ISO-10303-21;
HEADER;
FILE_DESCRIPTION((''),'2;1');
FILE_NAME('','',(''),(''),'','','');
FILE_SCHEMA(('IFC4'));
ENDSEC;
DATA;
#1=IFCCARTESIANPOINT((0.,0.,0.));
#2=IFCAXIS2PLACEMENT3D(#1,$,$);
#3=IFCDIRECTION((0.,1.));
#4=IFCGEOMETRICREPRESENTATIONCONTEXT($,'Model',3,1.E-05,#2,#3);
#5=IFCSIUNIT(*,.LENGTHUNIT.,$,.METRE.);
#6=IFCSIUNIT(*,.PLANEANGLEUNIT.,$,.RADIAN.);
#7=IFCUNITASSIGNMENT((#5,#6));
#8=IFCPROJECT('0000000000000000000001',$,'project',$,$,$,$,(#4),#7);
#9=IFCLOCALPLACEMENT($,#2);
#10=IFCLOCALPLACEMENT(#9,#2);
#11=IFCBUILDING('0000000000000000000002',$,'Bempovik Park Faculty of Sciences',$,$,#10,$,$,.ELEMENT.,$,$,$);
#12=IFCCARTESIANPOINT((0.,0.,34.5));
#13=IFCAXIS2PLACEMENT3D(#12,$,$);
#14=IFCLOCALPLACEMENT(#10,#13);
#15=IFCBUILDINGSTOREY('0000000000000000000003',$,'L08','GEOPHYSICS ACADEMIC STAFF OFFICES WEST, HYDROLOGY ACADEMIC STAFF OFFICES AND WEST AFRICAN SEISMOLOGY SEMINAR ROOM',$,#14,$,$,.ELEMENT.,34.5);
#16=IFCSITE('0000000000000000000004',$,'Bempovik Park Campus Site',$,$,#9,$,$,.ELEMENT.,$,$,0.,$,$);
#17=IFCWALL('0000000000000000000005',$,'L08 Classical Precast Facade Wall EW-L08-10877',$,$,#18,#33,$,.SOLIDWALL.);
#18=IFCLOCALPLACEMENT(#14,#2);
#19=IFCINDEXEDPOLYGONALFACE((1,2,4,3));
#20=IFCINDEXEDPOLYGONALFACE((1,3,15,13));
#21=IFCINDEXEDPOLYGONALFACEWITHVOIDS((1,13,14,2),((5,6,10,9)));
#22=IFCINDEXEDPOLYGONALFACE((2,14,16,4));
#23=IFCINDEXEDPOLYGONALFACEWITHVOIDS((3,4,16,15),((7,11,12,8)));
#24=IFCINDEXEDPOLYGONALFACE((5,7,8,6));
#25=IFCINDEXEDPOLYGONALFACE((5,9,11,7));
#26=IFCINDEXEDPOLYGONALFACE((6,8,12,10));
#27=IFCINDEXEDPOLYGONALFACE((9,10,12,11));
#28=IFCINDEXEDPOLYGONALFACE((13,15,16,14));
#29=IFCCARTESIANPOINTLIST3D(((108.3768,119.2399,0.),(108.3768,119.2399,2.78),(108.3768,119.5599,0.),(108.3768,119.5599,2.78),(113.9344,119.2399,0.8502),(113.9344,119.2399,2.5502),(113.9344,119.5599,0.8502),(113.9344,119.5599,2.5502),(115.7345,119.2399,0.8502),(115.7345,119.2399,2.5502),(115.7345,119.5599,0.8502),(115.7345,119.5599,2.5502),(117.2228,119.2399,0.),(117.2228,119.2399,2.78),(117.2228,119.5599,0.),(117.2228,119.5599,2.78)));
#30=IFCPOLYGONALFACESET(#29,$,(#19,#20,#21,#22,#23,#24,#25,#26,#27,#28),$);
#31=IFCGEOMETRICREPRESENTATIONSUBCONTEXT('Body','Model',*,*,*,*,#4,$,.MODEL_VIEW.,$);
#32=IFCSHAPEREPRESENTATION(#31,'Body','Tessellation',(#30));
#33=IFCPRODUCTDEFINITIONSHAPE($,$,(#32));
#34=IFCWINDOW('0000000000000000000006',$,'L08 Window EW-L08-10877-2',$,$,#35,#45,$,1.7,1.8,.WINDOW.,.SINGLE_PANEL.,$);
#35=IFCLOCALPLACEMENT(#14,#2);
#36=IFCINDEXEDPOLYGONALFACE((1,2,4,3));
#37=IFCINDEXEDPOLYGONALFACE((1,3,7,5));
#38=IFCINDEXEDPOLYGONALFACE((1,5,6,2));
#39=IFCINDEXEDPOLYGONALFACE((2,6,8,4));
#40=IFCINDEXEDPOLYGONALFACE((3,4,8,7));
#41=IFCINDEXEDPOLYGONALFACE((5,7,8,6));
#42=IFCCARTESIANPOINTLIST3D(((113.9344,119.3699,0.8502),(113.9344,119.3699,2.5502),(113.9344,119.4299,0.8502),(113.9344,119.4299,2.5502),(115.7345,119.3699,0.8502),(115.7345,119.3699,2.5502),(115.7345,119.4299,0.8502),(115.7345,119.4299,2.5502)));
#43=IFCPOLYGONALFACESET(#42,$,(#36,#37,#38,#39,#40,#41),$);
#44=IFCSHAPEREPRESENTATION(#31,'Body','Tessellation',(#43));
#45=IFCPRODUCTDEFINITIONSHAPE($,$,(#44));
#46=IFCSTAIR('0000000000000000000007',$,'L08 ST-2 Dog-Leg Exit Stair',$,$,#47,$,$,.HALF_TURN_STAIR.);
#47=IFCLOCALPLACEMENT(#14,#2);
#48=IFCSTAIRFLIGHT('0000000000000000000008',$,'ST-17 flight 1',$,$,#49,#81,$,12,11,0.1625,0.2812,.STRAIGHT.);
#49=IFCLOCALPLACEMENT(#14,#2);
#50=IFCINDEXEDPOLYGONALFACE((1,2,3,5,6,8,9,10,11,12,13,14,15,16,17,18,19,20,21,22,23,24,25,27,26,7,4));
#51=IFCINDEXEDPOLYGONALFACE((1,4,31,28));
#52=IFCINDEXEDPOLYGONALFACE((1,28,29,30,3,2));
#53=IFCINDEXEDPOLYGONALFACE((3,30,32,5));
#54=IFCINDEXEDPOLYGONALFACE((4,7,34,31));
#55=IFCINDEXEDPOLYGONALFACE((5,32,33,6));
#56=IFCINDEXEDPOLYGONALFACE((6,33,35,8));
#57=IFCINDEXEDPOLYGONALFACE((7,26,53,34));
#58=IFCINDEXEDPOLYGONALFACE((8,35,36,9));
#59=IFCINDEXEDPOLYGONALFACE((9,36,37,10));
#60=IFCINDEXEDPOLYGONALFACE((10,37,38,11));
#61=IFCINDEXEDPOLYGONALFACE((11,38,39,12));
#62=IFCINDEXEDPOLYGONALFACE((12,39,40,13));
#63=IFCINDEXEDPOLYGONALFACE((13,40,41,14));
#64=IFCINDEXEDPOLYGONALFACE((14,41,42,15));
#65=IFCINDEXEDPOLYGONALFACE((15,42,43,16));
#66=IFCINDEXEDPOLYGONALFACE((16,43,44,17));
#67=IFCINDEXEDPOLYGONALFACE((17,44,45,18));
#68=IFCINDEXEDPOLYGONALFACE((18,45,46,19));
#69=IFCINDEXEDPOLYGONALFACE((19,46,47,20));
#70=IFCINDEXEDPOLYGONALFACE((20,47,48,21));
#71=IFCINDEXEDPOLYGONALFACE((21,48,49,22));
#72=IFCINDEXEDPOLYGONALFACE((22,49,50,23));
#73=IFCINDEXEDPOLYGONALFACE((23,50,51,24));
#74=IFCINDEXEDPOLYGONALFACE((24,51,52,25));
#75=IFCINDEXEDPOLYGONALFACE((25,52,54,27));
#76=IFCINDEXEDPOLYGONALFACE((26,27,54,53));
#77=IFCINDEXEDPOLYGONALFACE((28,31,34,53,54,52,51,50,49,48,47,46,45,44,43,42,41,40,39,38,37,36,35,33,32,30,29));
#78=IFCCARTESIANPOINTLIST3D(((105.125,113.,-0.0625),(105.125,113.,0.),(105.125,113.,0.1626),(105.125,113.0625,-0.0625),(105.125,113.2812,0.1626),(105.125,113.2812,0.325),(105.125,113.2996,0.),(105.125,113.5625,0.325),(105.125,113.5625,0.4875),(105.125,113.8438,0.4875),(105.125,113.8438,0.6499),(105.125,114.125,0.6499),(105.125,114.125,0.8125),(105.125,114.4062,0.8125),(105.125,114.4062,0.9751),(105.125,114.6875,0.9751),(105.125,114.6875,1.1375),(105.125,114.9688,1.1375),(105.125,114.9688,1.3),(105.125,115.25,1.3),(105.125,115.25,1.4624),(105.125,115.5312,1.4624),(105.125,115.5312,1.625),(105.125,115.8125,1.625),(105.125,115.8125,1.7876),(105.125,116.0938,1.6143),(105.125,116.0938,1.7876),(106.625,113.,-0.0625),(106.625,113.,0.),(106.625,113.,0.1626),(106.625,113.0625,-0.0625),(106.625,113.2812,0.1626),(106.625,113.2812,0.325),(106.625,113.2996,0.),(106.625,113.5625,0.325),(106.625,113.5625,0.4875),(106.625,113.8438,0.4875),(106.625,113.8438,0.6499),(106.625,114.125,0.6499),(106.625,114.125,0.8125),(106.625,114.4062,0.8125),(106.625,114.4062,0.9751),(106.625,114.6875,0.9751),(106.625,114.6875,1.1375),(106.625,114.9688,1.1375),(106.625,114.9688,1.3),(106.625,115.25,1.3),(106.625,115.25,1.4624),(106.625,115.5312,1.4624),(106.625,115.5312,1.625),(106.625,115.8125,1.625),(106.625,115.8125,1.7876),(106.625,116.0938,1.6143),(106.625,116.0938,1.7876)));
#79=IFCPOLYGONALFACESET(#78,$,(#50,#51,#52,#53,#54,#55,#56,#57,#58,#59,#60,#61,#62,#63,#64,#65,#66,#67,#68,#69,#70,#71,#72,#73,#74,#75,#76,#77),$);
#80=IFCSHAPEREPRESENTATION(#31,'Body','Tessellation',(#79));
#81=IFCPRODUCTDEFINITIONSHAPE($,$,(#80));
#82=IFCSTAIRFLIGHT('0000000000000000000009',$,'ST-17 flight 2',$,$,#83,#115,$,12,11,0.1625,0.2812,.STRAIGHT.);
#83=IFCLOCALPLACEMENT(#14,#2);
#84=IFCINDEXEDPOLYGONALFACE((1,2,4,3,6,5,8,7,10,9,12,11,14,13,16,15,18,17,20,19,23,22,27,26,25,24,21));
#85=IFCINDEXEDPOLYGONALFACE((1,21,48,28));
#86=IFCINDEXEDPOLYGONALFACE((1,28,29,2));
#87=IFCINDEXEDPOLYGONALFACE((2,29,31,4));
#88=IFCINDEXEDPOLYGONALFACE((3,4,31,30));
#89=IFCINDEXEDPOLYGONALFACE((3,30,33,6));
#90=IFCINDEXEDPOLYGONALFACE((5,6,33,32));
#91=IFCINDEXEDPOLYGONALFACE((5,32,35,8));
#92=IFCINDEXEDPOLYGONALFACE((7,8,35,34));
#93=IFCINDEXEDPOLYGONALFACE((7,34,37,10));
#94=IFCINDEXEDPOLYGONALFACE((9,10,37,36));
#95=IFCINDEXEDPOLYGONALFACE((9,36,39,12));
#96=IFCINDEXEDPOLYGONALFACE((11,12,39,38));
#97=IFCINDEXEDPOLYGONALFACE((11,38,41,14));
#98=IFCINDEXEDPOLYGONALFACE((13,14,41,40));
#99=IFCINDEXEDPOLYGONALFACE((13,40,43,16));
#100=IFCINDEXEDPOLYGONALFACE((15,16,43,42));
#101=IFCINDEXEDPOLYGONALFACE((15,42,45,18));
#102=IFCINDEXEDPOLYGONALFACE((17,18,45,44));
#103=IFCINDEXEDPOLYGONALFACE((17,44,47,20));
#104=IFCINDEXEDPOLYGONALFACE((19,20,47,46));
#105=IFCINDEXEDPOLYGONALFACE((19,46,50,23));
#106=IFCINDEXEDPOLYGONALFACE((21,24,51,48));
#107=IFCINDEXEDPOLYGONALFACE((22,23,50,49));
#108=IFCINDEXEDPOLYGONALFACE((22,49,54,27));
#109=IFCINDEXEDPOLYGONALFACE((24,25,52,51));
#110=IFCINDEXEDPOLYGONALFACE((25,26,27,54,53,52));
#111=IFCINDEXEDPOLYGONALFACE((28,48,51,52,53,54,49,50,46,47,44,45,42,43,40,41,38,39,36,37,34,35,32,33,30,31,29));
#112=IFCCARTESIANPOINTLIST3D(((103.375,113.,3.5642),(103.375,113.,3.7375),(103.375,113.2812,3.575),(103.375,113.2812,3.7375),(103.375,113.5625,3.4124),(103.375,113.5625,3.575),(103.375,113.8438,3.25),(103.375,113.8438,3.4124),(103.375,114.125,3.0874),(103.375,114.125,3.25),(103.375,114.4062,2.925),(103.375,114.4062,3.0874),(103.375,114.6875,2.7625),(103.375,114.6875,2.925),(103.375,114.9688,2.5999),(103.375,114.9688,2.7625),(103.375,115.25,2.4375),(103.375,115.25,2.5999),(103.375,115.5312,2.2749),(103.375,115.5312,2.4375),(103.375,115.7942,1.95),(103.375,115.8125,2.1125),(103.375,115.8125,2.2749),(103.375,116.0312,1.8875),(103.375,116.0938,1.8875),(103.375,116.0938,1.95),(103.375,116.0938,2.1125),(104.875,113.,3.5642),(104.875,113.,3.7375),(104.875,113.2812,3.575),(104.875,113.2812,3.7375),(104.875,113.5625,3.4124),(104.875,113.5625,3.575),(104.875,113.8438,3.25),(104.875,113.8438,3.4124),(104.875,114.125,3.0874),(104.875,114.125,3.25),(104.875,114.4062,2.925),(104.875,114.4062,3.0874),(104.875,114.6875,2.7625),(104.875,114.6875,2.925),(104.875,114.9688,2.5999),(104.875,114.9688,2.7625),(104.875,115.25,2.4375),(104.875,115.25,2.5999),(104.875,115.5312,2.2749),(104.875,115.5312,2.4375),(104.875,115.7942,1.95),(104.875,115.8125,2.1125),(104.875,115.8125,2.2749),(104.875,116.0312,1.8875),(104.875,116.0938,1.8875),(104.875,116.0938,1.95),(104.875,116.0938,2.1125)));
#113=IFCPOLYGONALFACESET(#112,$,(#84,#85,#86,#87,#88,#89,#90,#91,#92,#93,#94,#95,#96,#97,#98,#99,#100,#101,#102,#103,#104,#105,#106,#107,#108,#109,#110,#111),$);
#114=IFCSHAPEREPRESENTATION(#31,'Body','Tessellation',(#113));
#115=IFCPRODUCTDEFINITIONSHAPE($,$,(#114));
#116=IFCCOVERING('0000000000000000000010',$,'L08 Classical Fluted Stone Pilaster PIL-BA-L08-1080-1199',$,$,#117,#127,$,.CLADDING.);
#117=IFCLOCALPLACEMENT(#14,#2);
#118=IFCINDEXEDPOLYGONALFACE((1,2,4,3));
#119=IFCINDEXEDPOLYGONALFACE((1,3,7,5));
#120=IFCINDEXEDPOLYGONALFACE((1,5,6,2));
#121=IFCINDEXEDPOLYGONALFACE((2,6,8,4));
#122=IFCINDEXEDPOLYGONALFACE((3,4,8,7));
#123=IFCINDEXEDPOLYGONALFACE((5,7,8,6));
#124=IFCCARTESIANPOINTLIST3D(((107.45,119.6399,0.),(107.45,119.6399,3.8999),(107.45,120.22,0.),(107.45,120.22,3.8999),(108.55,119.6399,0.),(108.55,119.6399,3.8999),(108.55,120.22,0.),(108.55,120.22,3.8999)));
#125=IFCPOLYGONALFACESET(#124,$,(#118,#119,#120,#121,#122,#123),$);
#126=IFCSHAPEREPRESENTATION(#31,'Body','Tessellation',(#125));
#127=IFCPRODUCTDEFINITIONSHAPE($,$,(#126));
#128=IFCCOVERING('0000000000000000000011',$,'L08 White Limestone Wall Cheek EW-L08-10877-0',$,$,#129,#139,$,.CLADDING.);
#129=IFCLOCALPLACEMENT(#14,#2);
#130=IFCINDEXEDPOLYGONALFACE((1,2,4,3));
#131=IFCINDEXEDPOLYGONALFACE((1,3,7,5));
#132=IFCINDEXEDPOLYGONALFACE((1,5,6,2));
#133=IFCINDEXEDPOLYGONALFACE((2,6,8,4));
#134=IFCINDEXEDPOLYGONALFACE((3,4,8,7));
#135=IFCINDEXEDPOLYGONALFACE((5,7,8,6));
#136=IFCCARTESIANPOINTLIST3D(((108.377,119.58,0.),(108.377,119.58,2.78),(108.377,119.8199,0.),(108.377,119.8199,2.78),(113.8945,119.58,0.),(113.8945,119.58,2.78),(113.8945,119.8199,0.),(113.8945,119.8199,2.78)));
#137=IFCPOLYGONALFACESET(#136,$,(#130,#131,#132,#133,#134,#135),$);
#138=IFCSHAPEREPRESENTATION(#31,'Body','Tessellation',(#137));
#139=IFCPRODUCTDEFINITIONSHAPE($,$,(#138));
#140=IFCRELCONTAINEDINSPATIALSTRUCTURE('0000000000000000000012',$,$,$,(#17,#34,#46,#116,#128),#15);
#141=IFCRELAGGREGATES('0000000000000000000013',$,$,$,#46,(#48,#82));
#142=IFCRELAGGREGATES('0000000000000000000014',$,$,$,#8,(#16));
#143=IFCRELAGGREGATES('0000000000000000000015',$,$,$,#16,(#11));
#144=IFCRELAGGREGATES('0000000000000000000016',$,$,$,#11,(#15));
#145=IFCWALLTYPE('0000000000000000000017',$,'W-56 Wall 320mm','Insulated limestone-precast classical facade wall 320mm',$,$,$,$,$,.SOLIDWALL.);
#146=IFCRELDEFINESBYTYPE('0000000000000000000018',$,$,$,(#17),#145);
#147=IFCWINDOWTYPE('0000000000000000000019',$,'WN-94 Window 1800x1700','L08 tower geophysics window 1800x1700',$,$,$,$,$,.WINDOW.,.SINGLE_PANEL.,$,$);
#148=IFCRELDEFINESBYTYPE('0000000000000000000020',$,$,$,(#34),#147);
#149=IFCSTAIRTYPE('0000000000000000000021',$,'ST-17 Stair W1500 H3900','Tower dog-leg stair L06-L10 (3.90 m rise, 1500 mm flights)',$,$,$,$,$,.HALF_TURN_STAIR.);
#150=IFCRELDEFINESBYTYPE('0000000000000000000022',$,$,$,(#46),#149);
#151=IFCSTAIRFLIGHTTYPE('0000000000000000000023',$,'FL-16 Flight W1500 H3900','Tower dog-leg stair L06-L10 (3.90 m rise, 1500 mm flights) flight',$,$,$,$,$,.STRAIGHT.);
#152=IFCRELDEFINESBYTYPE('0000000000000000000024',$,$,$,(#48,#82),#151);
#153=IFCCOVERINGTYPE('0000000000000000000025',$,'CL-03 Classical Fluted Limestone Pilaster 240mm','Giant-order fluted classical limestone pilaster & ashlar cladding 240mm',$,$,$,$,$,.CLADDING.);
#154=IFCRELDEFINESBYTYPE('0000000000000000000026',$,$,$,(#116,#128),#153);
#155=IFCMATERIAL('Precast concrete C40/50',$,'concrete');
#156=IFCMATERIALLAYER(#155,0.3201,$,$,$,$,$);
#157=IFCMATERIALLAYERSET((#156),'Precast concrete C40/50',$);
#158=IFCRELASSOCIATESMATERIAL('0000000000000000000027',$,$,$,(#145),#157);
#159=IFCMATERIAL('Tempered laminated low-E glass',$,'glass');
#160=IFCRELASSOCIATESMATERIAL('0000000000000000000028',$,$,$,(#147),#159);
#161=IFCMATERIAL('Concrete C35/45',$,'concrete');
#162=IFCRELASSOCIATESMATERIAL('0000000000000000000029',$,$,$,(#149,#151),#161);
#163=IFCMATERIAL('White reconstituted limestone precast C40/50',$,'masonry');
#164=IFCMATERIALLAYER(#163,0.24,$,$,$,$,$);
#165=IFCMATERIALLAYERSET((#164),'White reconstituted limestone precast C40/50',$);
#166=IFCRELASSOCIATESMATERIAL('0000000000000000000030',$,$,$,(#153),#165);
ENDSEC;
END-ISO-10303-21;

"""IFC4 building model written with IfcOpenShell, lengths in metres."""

from ifc_helpers import new_model, si_unit, direction, frame, frame_2d, origin, origin_2d, place, context, subcontext, project, spatial, polyline, rectangle, outline, extrude, material, layer, layer_set, type_object, element, fill, aggregate, save


model = new_model("IFC4")

# Units and contexts
model_context = context("Model", 3, precision=1e-05, world=origin(), true_north=direction((0.0, 1.0)))
body_context = subcontext(model_context, "Body", "Model", "MODEL_VIEW")
ifc_project = project(units=[si_unit("LENGTHUNIT", "METRE"), si_unit("PLANEANGLEUNIT", "RADIAN")], contexts=[model_context])

# Site, building, storey
site_placement = place(None, origin())
site = spatial("IfcSite", under=ifc_project, at=site_placement, Name="Bempovik Park Campus Site", CompositionType="ELEMENT", RefElevation=0.0)
building_placement = place(site_placement, origin())
building = spatial("IfcBuilding", under=site, at=building_placement, Name="Bempovik Park Faculty of Sciences", CompositionType="ELEMENT")
storey_placement = place(building_placement, frame((0.0, 0.0, 34.5)))
storey = spatial("IfcBuildingStorey", under=building, at=storey_placement, Name="L08", Description="GEOPHYSICS ACADEMIC STAFF OFFICES WEST, HYDROLOGY ACADEMIC STAFF OFFICES AND WEST AFRICAN SEISMOLOGY SEMINAR ROOM", CompositionType="ELEMENT", Elevation=34.5)

# Shared definitions
ifc_material_1 = material(Name="Concrete C35/45", Category="concrete")

# Wall, opening, window
ifc_material_2 = material(Name="Precast concrete C40/50", Category="concrete")
ifc_layer_1 = layer(ifc_material_2, 0.3201)
ifc_layer_set_1 = layer_set([ifc_layer_1], Name="Precast concrete C40/50")
wall_type_1 = type_object("IfcWallType", Name="W-56 Wall 320mm", Description="Insulated limestone-precast classical facade wall 320mm", PredefinedType="SOLIDWALL", material=ifc_layer_set_1)
wall_1_placement = place(storey_placement, frame((108.377, 119.3999, 0.0), z_axis=(0.0, 0.0, 1.0), x_axis=(1.0, 0.0, 0.0)))
wall_1 = element("IfcWall", 1, at=wall_1_placement, inside=storey, type_object=wall_type_1, Name="L08 Classical Precast Facade Wall EW-L08-10877", PredefinedType="SOLIDWALL", context=body_context, shape_type="SweptSolid", body=[
    extrude(rectangle(XDim=8.8459, YDim=0.3201, at=frame_2d((4.4229, 0.0))), origin(), (0.0, 0.0, 1.0), 2.78),
])
opening_1_placement = place(wall_1_placement, frame((5.5576, 0.0, 0.8501)))
opening_1 = element("IfcOpeningElement", 2, at=opening_1_placement, cuts=wall_1, PredefinedType="OPENING", context=body_context, shape_type="SweptSolid", body=[
    extrude(rectangle(XDim=1.8, YDim=1.7, at=frame_2d((0.8999, 0.8501))), frame((0.0, 0.1699, 0.0), z_axis=(0.0, -1.0, 0.0), x_axis=(1.0, 0.0, 0.0)), (0.0, 0.0, 1.0), 0.3401),
])
ifc_material_3 = material(Name="Tempered laminated low-E glass", Category="glass")
window_type = type_object("IfcWindowType", Name="WN-94 Window 1800x1700", Description="L08 tower geophysics window 1800x1700", PartitioningType="SINGLE_PANEL", PredefinedType="WINDOW", material=ifc_material_3)
window_placement = place(opening_1_placement, origin())
window = element("IfcWindow", 3, at=window_placement, inside=storey, type_object=window_type, Name="L08 Window EW-L08-10877-2", OverallHeight=1.7, OverallWidth=1.8, PartitioningType="SINGLE_PANEL", PredefinedType="WINDOW", context=body_context, shape_type="SweptSolid", body=[
    extrude(rectangle(XDim=1.8, YDim=1.7, at=frame_2d((0.8999, 0.8501))), frame((0.0, 0.03, 0.0), z_axis=(0.0, -1.0, 0.0), x_axis=(1.0, 0.0, 0.0)), (0.0, 0.0, 1.0), 0.0601),
])
fill(opening_1, window)

# Stair, stair flights
stair_type = type_object("IfcStairType", Name="ST-17 Stair W1500 H3900", Description="Tower dog-leg stair L06-L10 (3.90 m rise, 1500 mm flights)", PredefinedType="HALF_TURN_STAIR", material=ifc_material_1)
stair_placement = place(storey_placement, origin())
stair = element("IfcStair", 4, at=stair_placement, inside=storey, type_object=stair_type, Name="L08 ST-2 Dog-Leg Exit Stair", PredefinedType="HALF_TURN_STAIR")
stair_flight_type = type_object("IfcStairFlightType", Name="FL-16 Flight W1500 H3900", Description="Tower dog-leg stair L06-L10 (3.90 m rise, 1500 mm flights) flight", PredefinedType="STRAIGHT", material=ifc_material_1)
stair_flight_1_placement = place(storey_placement, frame((105.875, 113.0, 0.0), z_axis=(0.0, 0.0, 1.0), x_axis=(0.0, 1.0, 0.0)))
stair_flight_1 = element("IfcStairFlight", 5, at=stair_flight_1_placement, type_object=stair_flight_type, Name="ST-17 flight 1", NumberOfRisers=12, NumberOfTreads=11, PredefinedType="STRAIGHT", RiserHeight=0.1625, TreadLength=0.2812, context=body_context, shape_type="SweptSolid", body=[
    extrude(outline(polyline([(0.0, 0.0), (0.0, 0.1626), (0.2812, 0.1626), (0.2812, 0.325), (0.5625, 0.325), (0.5625, 0.4875), (0.8438, 0.4875), (0.8438, 0.6499), (1.125, 0.6499), (1.125, 0.8125), (1.4062, 0.8125), (1.4062, 0.9751), (1.6875, 0.9751), (1.6875, 1.1375), (1.9688, 1.1375), (1.9688, 1.3), (2.25, 1.3), (2.25, 1.4624), (2.5312, 1.4624), (2.5312, 1.625), (2.8125, 1.625), (2.8125, 1.7876), (3.0938, 1.7876), (3.0938, 1.95), (3.0938, 1.6143), (0.2996, 0.0), (0.0625, -0.0625), (0.0, -0.0625), (0.0, 0.0)])), frame((0.0, 0.75, 0.0), z_axis=(0.0, -1.0, 0.0), x_axis=(1.0, 0.0, 0.0)), (0.0, 0.0, 1.0), 1.5),
])
stair_flight_2_placement = place(storey_placement, frame((104.125, 116.0938, 1.95), z_axis=(0.0, 0.0, 1.0), x_axis=(0.0, -1.0, 0.0)))
stair_flight_2 = element("IfcStairFlight", 6, at=stair_flight_2_placement, type_object=stair_flight_type, Name="ST-17 flight 2", NumberOfRisers=12, NumberOfTreads=11, PredefinedType="STRAIGHT", RiserHeight=0.1625, TreadLength=0.2812, context=body_context, shape_type="SweptSolid", body=[
    extrude(outline(polyline([(0.0, 0.0), (0.0, 0.1626), (0.2812, 0.1626), (0.2812, 0.325), (0.5625, 0.325), (0.5625, 0.4875), (0.8438, 0.4875), (0.8438, 0.6499), (1.125, 0.6499), (1.125, 0.8125), (1.4062, 0.8125), (1.4062, 0.9751), (1.6875, 0.9751), (1.6875, 1.1375), (1.9688, 1.1375), (1.9688, 1.3), (2.25, 1.3), (2.25, 1.4624), (2.5312, 1.4624), (2.5312, 1.625), (2.8125, 1.625), (2.8125, 1.7876), (3.0938, 1.7876), (3.0938, 1.95), (3.0938, 1.6143), (0.2996, 0.0), (0.0625, -0.0625), (0.0, -0.0625), (0.0, 0.0)])), frame((0.0, 0.75, 0.0), z_axis=(0.0, -1.0, 0.0), x_axis=(1.0, 0.0, 0.0)), (0.0, 0.0, 1.0), 1.5),
])
aggregate(stair, [stair_flight_1, stair_flight_2])

# Coverings
ifc_material_4 = material(Name="White reconstituted limestone precast C40/50", Category="masonry")
ifc_layer_2 = layer(ifc_material_4, 0.24)
ifc_layer_set_2 = layer_set([ifc_layer_2], Name="White reconstituted limestone precast C40/50")
covering_type = type_object("IfcCoveringType", Name="CL-03 Classical Fluted Limestone Pilaster 240mm", Description="Giant-order fluted classical limestone pilaster & ashlar cladding 240mm", PredefinedType="CLADDING", material=ifc_layer_set_2)
covering_1_placement = place(storey_placement, frame((108.0, 119.9299, 0.0), z_axis=(0.0, 0.0, 1.0), x_axis=(1.0, 0.0, 0.0)))
element("IfcCovering", 7, at=covering_1_placement, inside=storey, type_object=covering_type, Name="L08 Classical Fluted Stone Pilaster PIL-BA-L08-1080-1199", PredefinedType="CLADDING", context=body_context, shape_type="SweptSolid", body=[
    extrude(rectangle(XDim=1.1001, YDim=0.5801, at=origin_2d()), origin(), (0.0, 0.0, 1.0), 3.8999),
])
covering_2_placement = place(storey_placement, frame((111.1357, 119.7, 0.0), z_axis=(0.0, 0.0, 1.0), x_axis=(1.0, 0.0, 0.0)))
element("IfcCovering", 8, at=covering_2_placement, inside=storey, type_object=covering_type, Name="L08 White Limestone Wall Cheek EW-L08-10877-0", PredefinedType="CLADDING", context=body_context, shape_type="SweptSolid", body=[
    extrude(rectangle(XDim=5.5176, YDim=0.24, at=origin_2d()), origin(), (0.0, 0.0, 1.0), 2.78),
])

save(model, "model.ifc")
